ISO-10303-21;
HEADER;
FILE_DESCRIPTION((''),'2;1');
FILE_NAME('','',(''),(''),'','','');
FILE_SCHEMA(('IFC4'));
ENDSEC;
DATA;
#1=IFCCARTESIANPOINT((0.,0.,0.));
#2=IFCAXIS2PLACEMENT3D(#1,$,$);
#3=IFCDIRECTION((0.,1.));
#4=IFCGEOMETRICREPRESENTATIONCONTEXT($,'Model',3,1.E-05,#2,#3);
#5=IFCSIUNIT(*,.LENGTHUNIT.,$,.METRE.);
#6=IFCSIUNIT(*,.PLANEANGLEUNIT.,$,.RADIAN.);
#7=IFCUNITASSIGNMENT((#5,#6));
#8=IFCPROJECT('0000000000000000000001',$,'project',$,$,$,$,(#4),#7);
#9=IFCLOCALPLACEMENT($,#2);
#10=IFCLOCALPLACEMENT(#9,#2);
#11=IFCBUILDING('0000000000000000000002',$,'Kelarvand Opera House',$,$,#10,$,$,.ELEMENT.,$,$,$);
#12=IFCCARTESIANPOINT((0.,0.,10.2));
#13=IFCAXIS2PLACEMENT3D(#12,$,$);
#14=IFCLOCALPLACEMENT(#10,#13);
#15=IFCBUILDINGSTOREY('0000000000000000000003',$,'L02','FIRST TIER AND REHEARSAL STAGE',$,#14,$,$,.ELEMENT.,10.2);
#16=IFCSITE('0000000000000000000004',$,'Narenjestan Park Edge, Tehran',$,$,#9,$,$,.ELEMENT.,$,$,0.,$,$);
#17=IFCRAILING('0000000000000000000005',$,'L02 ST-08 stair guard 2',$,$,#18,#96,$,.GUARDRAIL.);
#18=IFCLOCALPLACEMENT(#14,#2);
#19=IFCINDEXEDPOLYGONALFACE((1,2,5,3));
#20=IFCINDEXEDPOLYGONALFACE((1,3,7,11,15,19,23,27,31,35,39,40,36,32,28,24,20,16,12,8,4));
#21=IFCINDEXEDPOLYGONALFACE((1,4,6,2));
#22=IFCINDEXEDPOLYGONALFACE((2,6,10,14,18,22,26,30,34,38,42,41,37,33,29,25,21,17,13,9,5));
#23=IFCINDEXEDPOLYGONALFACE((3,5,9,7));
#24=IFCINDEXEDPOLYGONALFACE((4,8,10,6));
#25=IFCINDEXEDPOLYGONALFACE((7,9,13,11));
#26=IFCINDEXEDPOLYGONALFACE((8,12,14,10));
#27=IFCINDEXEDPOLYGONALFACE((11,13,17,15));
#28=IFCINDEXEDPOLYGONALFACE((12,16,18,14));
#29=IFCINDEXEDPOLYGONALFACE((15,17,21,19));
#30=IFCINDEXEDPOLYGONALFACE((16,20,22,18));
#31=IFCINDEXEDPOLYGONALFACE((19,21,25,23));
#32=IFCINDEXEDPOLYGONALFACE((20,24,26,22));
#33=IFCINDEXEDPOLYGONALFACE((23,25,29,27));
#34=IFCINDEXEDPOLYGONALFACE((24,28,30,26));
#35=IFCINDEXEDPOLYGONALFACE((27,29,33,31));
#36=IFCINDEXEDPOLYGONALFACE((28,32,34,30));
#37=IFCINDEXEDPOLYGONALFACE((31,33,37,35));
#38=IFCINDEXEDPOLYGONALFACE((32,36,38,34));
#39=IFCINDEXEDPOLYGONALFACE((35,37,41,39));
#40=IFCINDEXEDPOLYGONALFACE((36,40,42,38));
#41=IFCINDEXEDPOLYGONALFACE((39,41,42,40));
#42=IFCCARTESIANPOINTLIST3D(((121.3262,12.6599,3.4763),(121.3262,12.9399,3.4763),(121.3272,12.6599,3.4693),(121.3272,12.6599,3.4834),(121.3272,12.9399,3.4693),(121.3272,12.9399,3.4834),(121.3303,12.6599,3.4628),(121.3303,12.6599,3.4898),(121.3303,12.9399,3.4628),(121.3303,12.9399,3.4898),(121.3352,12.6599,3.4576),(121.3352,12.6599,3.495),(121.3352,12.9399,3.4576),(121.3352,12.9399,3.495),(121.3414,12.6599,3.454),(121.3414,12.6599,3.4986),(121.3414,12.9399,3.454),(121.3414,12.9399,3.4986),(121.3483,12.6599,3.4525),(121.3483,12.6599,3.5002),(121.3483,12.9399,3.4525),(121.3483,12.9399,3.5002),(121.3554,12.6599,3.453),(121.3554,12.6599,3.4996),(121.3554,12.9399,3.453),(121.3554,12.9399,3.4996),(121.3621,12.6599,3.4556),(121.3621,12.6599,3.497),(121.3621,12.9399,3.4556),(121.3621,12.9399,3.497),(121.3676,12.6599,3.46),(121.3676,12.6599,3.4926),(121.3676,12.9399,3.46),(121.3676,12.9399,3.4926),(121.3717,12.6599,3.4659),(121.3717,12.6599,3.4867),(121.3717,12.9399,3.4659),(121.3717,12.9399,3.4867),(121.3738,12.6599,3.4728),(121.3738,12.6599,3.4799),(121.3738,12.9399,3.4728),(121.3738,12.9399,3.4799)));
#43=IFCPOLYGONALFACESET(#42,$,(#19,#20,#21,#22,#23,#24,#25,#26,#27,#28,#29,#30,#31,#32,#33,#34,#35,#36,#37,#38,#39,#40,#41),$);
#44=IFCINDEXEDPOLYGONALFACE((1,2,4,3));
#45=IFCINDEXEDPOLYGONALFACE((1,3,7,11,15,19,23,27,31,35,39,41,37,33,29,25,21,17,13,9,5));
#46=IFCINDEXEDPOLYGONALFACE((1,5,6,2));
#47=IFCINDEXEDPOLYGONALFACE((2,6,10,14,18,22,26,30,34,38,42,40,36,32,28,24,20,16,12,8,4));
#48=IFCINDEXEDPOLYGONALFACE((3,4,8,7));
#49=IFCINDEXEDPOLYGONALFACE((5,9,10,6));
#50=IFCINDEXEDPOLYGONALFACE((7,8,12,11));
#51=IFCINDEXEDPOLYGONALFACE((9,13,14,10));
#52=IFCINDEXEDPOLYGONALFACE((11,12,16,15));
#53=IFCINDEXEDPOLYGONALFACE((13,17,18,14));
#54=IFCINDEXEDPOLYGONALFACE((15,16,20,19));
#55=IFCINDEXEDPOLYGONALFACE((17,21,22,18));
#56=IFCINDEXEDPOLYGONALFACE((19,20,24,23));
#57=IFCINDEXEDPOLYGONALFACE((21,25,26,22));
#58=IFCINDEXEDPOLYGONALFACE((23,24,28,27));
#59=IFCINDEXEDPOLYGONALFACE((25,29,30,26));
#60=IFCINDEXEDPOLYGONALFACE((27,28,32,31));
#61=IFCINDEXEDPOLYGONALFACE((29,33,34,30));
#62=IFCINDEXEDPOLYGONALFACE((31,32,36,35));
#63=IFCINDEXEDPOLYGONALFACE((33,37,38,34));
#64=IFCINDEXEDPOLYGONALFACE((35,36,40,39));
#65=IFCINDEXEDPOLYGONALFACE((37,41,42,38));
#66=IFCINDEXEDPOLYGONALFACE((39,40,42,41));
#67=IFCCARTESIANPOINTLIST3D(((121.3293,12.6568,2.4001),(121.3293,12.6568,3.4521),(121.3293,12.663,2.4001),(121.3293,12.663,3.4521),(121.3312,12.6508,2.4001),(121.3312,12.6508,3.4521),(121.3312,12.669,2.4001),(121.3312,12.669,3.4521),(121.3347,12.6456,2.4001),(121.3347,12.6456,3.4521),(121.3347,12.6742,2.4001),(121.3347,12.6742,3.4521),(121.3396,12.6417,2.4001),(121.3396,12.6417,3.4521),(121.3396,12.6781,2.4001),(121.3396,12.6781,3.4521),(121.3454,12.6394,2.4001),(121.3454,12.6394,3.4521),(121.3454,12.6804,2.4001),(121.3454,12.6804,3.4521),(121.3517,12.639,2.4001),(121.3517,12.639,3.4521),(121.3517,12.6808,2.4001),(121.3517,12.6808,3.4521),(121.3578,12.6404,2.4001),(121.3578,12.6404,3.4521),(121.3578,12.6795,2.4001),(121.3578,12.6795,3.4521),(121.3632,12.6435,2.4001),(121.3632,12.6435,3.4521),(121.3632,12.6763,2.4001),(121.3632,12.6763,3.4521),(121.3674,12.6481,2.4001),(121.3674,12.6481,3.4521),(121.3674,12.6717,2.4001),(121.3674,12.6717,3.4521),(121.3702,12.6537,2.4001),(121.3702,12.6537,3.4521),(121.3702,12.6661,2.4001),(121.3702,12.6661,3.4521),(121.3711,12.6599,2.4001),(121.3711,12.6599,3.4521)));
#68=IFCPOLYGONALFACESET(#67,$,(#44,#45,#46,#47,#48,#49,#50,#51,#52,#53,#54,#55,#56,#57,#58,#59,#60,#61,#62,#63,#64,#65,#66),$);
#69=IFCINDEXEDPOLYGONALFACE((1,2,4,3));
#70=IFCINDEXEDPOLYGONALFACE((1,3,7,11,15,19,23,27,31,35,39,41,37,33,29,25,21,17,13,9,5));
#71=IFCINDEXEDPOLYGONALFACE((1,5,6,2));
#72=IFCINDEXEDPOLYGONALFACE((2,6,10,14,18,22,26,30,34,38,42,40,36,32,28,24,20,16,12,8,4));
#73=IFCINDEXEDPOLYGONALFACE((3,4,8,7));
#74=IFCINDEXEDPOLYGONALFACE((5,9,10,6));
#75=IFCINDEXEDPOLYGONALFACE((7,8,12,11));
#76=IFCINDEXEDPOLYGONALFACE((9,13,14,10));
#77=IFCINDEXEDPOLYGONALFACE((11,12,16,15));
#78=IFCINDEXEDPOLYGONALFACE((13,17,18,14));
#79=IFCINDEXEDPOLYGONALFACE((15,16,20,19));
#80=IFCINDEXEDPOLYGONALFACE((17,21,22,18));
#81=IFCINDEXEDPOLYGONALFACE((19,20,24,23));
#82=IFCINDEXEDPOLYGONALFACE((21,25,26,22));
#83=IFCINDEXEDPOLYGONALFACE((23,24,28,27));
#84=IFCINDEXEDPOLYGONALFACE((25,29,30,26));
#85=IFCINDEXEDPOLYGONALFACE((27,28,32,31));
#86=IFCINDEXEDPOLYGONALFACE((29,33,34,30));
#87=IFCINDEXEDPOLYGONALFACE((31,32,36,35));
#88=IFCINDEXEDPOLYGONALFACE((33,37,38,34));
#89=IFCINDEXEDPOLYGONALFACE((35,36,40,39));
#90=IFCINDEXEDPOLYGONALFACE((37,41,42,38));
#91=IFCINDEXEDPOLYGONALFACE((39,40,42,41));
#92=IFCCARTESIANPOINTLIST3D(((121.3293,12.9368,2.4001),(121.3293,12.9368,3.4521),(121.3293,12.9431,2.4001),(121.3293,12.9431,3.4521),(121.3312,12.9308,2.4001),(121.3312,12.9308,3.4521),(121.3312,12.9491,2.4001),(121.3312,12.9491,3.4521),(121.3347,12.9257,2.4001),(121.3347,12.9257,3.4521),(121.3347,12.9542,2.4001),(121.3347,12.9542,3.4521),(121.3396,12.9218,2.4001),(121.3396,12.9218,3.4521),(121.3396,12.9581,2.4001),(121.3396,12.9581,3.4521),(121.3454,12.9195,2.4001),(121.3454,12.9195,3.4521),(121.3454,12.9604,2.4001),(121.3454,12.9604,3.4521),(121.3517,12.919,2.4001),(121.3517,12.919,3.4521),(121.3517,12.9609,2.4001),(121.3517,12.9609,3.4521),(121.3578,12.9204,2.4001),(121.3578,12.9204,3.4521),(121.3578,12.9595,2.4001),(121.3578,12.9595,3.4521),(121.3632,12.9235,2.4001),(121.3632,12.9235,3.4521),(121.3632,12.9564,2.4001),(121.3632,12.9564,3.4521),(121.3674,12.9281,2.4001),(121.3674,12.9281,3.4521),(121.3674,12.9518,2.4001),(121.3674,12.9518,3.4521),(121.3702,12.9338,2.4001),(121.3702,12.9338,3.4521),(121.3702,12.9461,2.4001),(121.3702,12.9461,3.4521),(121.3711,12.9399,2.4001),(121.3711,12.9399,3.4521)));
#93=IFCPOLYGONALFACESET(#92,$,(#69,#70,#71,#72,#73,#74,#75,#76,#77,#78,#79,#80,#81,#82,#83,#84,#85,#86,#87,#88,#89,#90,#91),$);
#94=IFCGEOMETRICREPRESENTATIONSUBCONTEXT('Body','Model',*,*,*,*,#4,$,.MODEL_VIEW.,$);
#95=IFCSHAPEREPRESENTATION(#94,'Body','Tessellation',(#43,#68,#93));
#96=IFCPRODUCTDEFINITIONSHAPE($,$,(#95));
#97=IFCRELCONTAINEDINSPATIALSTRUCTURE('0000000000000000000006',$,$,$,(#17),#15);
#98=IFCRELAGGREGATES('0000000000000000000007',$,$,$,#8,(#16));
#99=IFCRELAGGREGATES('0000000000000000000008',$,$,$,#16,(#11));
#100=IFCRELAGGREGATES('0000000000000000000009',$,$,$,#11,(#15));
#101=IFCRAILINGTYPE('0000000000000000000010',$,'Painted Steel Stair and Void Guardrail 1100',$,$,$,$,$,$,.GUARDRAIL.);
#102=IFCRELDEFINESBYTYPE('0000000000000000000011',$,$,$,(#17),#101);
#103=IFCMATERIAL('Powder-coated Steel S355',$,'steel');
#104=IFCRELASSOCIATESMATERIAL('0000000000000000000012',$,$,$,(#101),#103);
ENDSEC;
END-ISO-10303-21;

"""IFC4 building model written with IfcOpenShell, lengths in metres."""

from ifc_helpers import new_model, si_unit, direction, frame, origin, origin_2d, place, context, subcontext, project, spatial, circle, extrude, material, type_object, element, save


model = new_model("IFC4")

# Units and contexts
model_context = context("Model", 3, precision=1e-05, world=origin(), true_north=direction((0.0, 1.0)))
body_context = subcontext(model_context, "Body", "Model", "MODEL_VIEW")
ifc_project = project(units=[si_unit("LENGTHUNIT", "METRE"), si_unit("PLANEANGLEUNIT", "RADIAN")], contexts=[model_context])

# Site, building, storey
site_placement = place(None, origin())
site = spatial("IfcSite", under=ifc_project, at=site_placement, Name="Narenjestan Park Edge, Tehran", CompositionType="ELEMENT", RefElevation=0.0)
building_placement = place(site_placement, origin())
building = spatial("IfcBuilding", under=site, at=building_placement, Name="Kelarvand Opera House", CompositionType="ELEMENT")
storey_placement = place(building_placement, frame((0.0, 0.0, 10.2)))
storey = spatial("IfcBuildingStorey", under=building, at=storey_placement, Name="L02", Description="FIRST TIER AND REHEARSAL STAGE", CompositionType="ELEMENT", Elevation=10.2)

# Railing
ifc_material_1 = material(Name="Powder-coated Steel S355", Category="steel")
railing_type_1 = type_object("IfcRailingType", Name="Painted Steel Stair and Void Guardrail 1100", PredefinedType="GUARDRAIL", material=ifc_material_1)
railing_1_placement = place(storey_placement, frame((121.3501, 12.6599, 2.4001)))
element("IfcRailing", 1, at=railing_1_placement, inside=storey, type_object=railing_type_1, Name="L02 ST-08 stair guard 2", PredefinedType="GUARDRAIL", context=body_context, shape_type="SweptSolid", body=[
    extrude(circle(Radius=0.0239, at=origin_2d()), frame((0.0, 0.0, 1.0762), z_axis=(0.0, 1.0, 0.0), x_axis=(-1.0, 0.0, 0.0)), (0.0, 0.0, 1.0), 0.28),
    extrude(circle(Radius=0.021, at=origin_2d()), origin(), (0.0, 0.0, 1.0), 1.052),
    extrude(circle(Radius=0.021, at=origin_2d()), frame((0.0, 0.28, 0.0)), (0.0, 0.0, 1.0), 1.052),
])

save(model, "model.ifc")
